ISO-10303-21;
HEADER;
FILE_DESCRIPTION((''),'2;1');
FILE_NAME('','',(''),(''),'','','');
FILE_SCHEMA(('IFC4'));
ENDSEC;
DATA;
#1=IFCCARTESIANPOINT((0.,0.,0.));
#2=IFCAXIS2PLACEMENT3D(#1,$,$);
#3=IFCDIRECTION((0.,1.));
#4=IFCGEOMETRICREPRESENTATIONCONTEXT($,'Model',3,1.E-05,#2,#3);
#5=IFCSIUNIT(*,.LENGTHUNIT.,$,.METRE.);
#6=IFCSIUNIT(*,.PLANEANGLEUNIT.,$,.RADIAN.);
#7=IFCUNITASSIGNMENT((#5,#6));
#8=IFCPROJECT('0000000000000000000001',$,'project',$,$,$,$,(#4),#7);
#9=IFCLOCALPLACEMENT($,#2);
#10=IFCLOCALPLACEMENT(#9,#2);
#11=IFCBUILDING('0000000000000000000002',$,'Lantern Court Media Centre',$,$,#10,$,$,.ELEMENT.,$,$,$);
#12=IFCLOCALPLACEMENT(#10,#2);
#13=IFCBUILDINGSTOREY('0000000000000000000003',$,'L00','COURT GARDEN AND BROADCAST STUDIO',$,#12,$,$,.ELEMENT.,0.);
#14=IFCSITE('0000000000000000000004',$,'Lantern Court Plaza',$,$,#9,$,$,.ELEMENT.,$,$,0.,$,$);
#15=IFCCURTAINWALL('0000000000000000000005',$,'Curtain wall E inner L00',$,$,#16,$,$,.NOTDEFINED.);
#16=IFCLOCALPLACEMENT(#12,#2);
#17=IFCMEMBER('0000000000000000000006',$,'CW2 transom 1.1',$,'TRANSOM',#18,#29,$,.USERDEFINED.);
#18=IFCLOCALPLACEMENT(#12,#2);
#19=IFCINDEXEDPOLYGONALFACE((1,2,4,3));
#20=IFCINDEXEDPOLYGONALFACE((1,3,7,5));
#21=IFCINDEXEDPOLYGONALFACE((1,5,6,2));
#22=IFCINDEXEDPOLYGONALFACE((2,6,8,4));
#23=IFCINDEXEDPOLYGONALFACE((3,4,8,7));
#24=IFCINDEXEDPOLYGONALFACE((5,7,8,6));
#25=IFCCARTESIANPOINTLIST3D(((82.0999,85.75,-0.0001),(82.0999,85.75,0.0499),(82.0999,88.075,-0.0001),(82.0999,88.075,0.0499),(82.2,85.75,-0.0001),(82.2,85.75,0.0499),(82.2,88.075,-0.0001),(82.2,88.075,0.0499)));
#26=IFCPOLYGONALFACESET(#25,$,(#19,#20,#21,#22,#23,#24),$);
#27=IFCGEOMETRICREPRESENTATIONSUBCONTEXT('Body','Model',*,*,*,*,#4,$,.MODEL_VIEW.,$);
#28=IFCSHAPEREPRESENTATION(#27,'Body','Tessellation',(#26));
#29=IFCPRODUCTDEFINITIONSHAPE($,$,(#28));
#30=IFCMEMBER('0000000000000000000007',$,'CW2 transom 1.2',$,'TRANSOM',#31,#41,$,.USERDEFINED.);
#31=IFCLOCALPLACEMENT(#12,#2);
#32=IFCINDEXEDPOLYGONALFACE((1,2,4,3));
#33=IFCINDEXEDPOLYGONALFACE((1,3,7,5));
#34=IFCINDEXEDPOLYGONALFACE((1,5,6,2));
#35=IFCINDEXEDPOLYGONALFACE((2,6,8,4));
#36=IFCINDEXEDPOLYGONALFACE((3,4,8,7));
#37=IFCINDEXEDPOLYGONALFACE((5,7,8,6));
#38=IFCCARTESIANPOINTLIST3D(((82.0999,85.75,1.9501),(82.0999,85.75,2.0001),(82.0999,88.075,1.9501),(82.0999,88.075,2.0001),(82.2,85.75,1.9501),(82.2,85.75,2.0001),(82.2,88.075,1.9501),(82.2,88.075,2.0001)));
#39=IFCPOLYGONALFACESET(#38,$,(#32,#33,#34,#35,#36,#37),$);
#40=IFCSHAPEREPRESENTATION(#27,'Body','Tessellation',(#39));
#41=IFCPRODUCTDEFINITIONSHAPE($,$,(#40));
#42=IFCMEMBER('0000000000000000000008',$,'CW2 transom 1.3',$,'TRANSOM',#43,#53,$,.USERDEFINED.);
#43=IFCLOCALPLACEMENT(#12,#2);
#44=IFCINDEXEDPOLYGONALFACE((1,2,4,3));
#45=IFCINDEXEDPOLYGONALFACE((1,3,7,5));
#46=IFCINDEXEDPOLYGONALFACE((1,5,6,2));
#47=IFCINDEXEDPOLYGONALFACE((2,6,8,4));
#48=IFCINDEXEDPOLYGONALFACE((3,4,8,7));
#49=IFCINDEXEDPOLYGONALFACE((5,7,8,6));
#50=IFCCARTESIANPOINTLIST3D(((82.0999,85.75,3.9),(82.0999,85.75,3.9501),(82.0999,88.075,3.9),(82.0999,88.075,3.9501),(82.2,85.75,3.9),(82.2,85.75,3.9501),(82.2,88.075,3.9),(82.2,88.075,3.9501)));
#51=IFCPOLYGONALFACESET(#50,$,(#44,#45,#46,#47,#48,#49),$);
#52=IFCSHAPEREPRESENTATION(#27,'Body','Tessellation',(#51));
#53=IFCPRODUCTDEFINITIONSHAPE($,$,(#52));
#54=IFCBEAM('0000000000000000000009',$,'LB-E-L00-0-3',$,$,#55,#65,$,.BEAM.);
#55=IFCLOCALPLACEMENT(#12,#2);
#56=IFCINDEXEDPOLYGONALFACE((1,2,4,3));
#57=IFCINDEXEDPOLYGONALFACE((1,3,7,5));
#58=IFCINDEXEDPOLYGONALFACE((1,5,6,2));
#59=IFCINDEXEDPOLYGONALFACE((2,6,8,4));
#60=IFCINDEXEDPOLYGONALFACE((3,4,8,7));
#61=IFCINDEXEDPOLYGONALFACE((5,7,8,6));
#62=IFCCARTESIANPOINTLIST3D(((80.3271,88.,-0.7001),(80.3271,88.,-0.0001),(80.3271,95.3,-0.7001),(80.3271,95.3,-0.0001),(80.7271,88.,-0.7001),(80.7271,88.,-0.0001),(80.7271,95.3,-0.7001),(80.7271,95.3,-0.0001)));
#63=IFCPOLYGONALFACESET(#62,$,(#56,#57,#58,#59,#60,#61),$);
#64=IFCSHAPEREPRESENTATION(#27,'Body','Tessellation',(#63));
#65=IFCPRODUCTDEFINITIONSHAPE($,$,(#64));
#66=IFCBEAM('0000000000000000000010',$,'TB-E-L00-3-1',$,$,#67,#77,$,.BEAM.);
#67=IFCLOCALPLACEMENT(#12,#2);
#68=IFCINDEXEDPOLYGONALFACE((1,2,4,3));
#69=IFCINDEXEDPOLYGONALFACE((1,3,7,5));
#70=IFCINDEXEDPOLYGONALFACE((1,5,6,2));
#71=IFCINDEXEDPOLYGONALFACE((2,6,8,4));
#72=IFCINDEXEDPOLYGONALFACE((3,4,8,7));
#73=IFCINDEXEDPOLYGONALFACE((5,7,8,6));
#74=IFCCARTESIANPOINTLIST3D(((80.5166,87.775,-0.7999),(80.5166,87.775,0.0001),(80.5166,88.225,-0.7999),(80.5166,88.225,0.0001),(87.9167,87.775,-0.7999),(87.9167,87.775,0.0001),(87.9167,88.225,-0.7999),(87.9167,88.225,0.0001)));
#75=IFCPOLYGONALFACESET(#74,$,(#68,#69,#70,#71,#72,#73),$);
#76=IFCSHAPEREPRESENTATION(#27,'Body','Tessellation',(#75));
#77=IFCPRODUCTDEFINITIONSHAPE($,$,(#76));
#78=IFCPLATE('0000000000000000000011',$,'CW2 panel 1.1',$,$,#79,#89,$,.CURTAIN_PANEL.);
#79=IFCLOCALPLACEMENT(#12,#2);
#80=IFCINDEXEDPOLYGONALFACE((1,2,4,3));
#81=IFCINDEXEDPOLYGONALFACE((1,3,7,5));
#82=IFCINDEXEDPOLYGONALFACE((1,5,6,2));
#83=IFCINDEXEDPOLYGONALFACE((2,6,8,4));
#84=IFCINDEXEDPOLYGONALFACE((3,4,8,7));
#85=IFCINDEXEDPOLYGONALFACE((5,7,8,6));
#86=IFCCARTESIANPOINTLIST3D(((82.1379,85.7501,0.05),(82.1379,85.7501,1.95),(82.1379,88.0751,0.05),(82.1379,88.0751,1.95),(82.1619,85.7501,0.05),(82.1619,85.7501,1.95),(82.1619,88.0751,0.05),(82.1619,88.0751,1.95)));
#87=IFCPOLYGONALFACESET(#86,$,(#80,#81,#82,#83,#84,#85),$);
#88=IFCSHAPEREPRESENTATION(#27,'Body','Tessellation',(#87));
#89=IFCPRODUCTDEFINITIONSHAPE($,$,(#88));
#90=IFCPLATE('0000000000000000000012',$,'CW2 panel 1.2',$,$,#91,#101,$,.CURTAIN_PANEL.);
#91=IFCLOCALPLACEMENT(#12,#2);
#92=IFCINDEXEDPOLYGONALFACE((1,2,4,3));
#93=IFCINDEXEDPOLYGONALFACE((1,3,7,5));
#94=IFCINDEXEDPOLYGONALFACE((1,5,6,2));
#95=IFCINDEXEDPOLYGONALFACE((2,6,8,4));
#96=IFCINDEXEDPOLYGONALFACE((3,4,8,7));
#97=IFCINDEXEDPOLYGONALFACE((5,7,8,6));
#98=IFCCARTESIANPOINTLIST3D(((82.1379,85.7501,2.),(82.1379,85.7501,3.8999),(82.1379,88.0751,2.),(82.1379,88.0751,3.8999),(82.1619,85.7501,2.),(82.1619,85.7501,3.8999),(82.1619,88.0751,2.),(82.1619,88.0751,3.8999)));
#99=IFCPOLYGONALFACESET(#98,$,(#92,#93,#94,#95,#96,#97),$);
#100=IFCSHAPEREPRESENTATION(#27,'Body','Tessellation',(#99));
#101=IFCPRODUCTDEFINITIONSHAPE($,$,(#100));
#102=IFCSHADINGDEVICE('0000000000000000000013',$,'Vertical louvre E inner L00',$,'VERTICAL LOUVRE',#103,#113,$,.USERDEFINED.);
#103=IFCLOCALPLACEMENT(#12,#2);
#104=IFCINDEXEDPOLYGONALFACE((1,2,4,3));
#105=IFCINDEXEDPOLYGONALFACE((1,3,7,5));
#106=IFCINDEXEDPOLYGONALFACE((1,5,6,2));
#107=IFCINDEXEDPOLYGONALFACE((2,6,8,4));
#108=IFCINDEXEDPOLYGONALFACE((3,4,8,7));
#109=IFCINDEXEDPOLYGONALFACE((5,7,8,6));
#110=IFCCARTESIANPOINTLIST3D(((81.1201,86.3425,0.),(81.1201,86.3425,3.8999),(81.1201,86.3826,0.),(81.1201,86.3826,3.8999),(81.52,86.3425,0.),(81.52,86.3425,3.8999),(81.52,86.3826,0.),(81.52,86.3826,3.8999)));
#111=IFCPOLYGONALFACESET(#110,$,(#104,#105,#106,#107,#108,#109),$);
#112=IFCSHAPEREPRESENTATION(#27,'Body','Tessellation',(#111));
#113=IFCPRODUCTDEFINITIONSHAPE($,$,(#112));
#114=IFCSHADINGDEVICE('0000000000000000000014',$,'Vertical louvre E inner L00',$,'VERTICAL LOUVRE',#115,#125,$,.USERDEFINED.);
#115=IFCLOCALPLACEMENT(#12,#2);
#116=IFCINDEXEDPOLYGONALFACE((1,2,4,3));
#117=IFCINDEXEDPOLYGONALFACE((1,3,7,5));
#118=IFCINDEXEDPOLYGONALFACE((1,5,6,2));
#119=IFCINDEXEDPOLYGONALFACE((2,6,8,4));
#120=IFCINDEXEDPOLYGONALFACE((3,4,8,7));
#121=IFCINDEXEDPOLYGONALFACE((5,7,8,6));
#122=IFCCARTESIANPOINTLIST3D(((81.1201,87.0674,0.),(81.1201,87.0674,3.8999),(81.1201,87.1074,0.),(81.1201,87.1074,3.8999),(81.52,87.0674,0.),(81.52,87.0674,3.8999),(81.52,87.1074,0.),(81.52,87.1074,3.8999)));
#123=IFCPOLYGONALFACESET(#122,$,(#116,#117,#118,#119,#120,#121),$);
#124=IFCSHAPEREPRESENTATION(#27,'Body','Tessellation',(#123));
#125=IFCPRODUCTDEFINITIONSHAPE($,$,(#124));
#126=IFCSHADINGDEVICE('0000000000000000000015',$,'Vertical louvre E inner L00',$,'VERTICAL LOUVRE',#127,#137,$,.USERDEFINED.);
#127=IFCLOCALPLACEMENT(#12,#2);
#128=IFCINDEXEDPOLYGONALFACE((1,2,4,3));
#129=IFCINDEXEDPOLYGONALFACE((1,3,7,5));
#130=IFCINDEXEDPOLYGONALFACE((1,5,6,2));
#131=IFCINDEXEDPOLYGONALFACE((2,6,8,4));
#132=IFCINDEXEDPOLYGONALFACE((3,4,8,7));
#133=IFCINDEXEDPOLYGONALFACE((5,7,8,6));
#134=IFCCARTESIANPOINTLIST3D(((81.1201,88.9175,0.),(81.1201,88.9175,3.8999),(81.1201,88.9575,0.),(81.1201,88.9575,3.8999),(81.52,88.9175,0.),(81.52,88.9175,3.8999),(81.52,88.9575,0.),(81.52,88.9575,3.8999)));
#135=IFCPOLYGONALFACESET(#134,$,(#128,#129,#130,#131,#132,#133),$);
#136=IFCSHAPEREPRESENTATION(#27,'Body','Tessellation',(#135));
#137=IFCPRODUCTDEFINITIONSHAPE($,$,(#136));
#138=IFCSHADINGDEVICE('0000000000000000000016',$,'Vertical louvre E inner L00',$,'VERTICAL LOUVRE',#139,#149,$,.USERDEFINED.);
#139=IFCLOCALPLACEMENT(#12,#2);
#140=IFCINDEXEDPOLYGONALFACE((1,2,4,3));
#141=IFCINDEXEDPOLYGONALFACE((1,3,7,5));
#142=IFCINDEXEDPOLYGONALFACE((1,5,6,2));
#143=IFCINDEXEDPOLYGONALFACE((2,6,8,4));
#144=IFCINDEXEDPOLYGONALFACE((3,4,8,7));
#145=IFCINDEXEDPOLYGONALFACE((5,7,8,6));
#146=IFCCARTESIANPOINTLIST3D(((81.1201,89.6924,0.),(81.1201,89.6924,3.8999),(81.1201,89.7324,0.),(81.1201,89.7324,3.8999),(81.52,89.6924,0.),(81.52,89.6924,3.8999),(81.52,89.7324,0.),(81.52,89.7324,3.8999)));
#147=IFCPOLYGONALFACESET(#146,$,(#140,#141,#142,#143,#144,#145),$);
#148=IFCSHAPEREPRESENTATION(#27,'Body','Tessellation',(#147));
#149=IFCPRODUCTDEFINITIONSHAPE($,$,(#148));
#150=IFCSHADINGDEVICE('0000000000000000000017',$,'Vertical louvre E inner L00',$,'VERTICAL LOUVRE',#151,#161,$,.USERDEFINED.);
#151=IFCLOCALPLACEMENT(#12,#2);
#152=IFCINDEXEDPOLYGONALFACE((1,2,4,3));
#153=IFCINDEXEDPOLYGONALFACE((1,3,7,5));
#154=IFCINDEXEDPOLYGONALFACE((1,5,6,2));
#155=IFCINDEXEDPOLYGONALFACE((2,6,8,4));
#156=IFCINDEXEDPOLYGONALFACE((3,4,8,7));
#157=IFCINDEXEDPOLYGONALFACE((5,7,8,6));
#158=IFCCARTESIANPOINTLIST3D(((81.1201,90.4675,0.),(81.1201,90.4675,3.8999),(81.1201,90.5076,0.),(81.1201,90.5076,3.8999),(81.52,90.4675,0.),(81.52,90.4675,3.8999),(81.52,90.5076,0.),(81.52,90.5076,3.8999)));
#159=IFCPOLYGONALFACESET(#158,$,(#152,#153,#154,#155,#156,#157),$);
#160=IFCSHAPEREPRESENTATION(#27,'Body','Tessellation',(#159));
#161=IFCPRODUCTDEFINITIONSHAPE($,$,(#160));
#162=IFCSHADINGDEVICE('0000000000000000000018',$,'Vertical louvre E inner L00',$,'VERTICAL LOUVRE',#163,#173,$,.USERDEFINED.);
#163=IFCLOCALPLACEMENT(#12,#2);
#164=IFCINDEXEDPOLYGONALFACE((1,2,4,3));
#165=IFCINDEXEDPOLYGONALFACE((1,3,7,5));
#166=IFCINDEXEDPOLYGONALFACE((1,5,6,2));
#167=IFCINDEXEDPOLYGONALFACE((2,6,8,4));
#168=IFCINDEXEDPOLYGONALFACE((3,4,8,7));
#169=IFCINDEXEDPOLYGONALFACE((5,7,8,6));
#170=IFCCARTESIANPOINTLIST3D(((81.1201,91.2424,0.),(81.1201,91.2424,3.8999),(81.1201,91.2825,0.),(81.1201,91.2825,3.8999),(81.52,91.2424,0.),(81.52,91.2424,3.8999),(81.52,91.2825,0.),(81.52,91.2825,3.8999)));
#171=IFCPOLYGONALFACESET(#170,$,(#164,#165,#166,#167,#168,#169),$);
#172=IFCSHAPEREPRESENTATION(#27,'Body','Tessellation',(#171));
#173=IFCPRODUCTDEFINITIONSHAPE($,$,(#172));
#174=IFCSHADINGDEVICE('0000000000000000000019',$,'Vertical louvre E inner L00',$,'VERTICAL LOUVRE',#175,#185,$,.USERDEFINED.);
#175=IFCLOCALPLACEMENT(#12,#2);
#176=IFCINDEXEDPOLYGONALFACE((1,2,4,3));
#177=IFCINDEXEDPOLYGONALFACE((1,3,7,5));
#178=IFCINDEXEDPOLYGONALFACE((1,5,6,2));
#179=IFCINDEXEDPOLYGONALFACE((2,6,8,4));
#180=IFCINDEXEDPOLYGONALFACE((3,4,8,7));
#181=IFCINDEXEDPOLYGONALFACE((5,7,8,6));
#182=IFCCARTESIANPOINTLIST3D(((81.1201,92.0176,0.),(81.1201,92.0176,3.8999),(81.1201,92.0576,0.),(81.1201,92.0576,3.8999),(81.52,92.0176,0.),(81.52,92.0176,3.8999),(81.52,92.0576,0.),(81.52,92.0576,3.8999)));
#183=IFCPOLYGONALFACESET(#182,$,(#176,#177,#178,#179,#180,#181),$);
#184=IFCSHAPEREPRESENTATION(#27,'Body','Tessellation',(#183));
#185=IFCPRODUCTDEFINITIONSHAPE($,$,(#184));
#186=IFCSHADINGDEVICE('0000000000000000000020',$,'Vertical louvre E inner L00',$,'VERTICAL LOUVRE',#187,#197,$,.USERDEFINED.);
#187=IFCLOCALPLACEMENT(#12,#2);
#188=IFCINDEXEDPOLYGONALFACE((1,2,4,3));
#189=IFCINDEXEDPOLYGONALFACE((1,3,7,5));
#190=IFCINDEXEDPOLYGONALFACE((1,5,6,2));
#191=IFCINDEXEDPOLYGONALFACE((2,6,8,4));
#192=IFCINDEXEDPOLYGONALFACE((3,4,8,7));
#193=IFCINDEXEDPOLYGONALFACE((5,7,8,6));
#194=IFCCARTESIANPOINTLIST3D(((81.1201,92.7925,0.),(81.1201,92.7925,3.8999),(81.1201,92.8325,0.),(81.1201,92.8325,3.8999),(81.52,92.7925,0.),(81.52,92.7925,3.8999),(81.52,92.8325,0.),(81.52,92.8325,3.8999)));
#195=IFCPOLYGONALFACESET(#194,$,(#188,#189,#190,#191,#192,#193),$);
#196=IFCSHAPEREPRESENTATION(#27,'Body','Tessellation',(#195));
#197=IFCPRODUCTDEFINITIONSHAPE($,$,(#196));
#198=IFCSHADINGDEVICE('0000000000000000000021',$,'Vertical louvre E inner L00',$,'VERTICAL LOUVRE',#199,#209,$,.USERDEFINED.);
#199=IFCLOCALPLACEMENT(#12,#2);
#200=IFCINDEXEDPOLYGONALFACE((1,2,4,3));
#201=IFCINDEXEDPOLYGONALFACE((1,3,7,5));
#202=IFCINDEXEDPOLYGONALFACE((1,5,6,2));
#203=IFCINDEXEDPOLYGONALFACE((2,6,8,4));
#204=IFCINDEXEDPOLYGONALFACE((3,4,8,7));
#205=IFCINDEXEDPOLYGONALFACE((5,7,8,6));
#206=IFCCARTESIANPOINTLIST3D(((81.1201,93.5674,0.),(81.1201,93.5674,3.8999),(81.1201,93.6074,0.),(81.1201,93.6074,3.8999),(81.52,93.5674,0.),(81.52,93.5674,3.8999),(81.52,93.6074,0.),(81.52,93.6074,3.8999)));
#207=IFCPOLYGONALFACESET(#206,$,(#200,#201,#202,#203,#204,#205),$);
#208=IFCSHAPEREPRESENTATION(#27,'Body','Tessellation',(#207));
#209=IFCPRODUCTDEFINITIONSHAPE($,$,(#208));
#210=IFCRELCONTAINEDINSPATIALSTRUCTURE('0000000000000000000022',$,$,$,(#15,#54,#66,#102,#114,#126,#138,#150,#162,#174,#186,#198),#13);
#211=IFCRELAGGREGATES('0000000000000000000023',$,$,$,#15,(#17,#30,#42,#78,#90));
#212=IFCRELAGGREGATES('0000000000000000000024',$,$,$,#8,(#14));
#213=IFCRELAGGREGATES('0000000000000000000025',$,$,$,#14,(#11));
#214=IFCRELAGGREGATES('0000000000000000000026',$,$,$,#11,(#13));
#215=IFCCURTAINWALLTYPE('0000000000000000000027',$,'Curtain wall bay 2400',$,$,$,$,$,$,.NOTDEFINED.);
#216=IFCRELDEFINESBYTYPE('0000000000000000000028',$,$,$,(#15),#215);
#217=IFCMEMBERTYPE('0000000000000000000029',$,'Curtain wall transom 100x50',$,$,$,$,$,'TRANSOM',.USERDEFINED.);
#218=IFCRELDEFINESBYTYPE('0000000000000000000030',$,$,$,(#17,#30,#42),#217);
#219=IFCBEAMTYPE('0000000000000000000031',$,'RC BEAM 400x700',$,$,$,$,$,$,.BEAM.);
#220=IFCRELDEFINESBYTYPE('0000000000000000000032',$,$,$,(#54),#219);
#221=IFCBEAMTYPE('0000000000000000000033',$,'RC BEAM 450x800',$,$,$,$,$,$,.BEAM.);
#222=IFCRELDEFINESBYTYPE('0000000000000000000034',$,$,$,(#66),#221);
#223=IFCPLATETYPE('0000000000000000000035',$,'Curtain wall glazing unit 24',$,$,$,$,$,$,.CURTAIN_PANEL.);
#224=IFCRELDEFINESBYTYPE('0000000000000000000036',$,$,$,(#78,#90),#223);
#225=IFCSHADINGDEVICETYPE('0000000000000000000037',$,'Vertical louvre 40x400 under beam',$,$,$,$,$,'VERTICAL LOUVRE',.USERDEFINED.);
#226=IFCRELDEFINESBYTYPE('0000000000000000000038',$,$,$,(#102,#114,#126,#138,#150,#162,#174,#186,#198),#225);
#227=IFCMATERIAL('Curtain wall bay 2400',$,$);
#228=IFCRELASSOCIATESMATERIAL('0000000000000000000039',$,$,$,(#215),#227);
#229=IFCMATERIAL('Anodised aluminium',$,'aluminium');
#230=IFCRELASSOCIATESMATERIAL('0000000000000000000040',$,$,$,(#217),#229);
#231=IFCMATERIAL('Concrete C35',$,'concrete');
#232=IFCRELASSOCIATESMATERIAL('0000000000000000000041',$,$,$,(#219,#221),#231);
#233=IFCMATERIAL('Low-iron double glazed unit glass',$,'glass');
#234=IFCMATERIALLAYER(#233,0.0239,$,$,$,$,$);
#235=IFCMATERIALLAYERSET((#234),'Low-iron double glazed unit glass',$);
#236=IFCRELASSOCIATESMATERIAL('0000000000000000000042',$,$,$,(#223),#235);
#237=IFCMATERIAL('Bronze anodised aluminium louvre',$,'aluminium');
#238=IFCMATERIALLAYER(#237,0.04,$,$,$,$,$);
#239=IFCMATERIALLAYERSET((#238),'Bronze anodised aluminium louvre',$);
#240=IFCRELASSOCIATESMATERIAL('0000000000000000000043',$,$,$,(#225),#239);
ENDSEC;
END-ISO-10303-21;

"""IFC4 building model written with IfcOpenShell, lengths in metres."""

from ifc_helpers import new_model, si_unit, direction, frame, origin, origin_2d, place, context, subcontext, project, spatial, rectangle, extrude, material, layer, layer_set, material_profile, profile_set, type_object, element, aggregate, save


model = new_model("IFC4")

# Units and contexts
model_context = context("Model", 3, precision=1e-05, world=origin(), true_north=direction((0.0, 1.0)))
body_context = subcontext(model_context, "Body", "Model", "MODEL_VIEW")
ifc_project = project(units=[si_unit("LENGTHUNIT", "METRE"), si_unit("PLANEANGLEUNIT", "RADIAN")], contexts=[model_context])

# Site, building, storey
site_placement = place(None, origin())
site = spatial("IfcSite", under=ifc_project, at=site_placement, Name="Lantern Court Plaza", CompositionType="ELEMENT", RefElevation=0.0)
building_placement = place(site_placement, origin())
building = spatial("IfcBuilding", under=site, at=building_placement, Name="Lantern Court Media Centre", CompositionType="ELEMENT")
storey_placement = place(building_placement, origin())
storey = spatial("IfcBuildingStorey", under=building, at=storey_placement, Name="L00", Description="COURT GARDEN AND BROADCAST STUDIO", CompositionType="ELEMENT", Elevation=0.0)

# Shared definitions
ifc_material_1 = material(Name="Concrete C35", Category="concrete")

# Curtain wall
ifc_material_2 = material(Name="Curtain wall bay 2400")
curtain_wall_type_1 = type_object("IfcCurtainWallType", Name="Curtain wall bay 2400", PredefinedType="NOTDEFINED", material=ifc_material_2)
curtain_wall_1_placement = place(storey_placement, origin())
curtain_wall_1 = element("IfcCurtainWall", 1, at=curtain_wall_1_placement, inside=storey, type_object=curtain_wall_type_1, Name="Curtain wall E inner L00", PredefinedType="NOTDEFINED")
ifc_material_3 = material(Name="Anodised aluminium", Category="aluminium")

# Members
ifc_material_profile_1 = material_profile(ifc_material_3, rectangle(XDim=0.1001, YDim=0.05, at=origin_2d()), Name="AL 50x100")
ifc_profile_set_1 = profile_set([ifc_material_profile_1], Name="Anodised aluminium")
member_type_1 = type_object("IfcMemberType", Name="Curtain wall transom 100x50", ElementType="TRANSOM", PredefinedType="USERDEFINED", material=ifc_profile_set_1)
member_1_placement = place(storey_placement, frame((82.1499, 85.75, 0.0249), z_axis=(0.0, 1.0, 0.0), x_axis=(-1.0, 0.0, 0.0)))
member_1 = element("IfcMember", 2, at=member_1_placement, type_object=member_type_1, Name="CW2 transom 1.1", ObjectType="TRANSOM", PredefinedType="USERDEFINED", context=body_context, shape_type="SweptSolid", body=[
    extrude(rectangle(XDim=0.1001, YDim=0.05, at=origin_2d()), origin(), (0.0, 0.0, 1.0), 2.325),
])
member_2_placement = place(storey_placement, frame((82.1499, 85.75, 1.9751), z_axis=(0.0, 1.0, 0.0), x_axis=(-1.0, 0.0, 0.0)))
member_2 = element("IfcMember", 3, at=member_2_placement, type_object=member_type_1, Name="CW2 transom 1.2", ObjectType="TRANSOM", PredefinedType="USERDEFINED", context=body_context, shape_type="SweptSolid", body=[
    extrude(rectangle(XDim=0.1001, YDim=0.05, at=origin_2d()), origin(), (0.0, 0.0, 1.0), 2.325),
])
member_3_placement = place(storey_placement, frame((82.1499, 85.75, 3.925), z_axis=(0.0, 1.0, 0.0), x_axis=(-1.0, 0.0, 0.0)))
member_3 = element("IfcMember", 4, at=member_3_placement, type_object=member_type_1, Name="CW2 transom 1.3", ObjectType="TRANSOM", PredefinedType="USERDEFINED", context=body_context, shape_type="SweptSolid", body=[
    extrude(rectangle(XDim=0.1001, YDim=0.05, at=origin_2d()), origin(), (0.0, 0.0, 1.0), 2.325),
])

# Beams
ifc_material_profile_2 = material_profile(ifc_material_1, rectangle(XDim=0.3999, YDim=0.7, at=origin_2d()), Name="RC 400x700")
ifc_profile_set_2 = profile_set([ifc_material_profile_2], Name="Concrete C35")
beam_type_1 = type_object("IfcBeamType", Name="RC BEAM 400x700", PredefinedType="BEAM", material=ifc_profile_set_2)
beam_1_placement = place(storey_placement, frame((80.5271, 88.0, -0.3501), z_axis=(0.0, 1.0, 0.0), x_axis=(-1.0, 0.0, 0.0)))
element("IfcBeam", 5, at=beam_1_placement, inside=storey, type_object=beam_type_1, Name="LB-E-L00-0-3", PredefinedType="BEAM", context=body_context, shape_type="SweptSolid", body=[
    extrude(rectangle(XDim=0.3999, YDim=0.7, at=origin_2d()), origin(), (0.0, 0.0, 1.0), 7.3),
])
ifc_material_profile_3 = material_profile(ifc_material_1, rectangle(XDim=0.45, YDim=0.8, at=origin_2d()), Name="RC 450x800")
ifc_profile_set_3 = profile_set([ifc_material_profile_3], Name="Concrete C35")
beam_type_2 = type_object("IfcBeamType", Name="RC BEAM 450x800", PredefinedType="BEAM", material=ifc_profile_set_3)
beam_2_placement = place(storey_placement, frame((80.5166, 88.0, -0.3999), z_axis=(1.0, 0.0, 0.0), x_axis=(0.0, 1.0, 0.0)))
element("IfcBeam", 6, at=beam_2_placement, inside=storey, type_object=beam_type_2, Name="TB-E-L00-3-1", PredefinedType="BEAM", context=body_context, shape_type="SweptSolid", body=[
    extrude(rectangle(XDim=0.45, YDim=0.8, at=origin_2d()), origin(), (0.0, 0.0, 1.0), 7.4001),
])

# Plates
ifc_material_4 = material(Name="Low-iron double glazed unit glass", Category="glass")
ifc_layer_1 = layer(ifc_material_4, 0.0239)
ifc_layer_set_1 = layer_set([ifc_layer_1], Name="Low-iron double glazed unit glass")
plate_type = type_object("IfcPlateType", Name="Curtain wall glazing unit 24", PredefinedType="CURTAIN_PANEL", material=ifc_layer_set_1)
plate_1_placement = place(storey_placement, frame((82.1499, 86.9126, 0.05), z_axis=(0.0, 0.0, 1.0), x_axis=(0.0, 1.0, 0.0)))
plate_1 = element("IfcPlate", 7, at=plate_1_placement, type_object=plate_type, Name="CW2 panel 1.1", PredefinedType="CURTAIN_PANEL", context=body_context, shape_type="SweptSolid", body=[
    extrude(rectangle(XDim=2.325, YDim=0.0239, at=origin_2d()), origin(), (0.0, 0.0, 1.0), 1.8999),
])
plate_2_placement = place(storey_placement, frame((82.1499, 86.9126, 2.0), z_axis=(0.0, 0.0, 1.0), x_axis=(0.0, 1.0, 0.0)))
plate_2 = element("IfcPlate", 8, at=plate_2_placement, type_object=plate_type, Name="CW2 panel 1.2", PredefinedType="CURTAIN_PANEL", context=body_context, shape_type="SweptSolid", body=[
    extrude(rectangle(XDim=2.325, YDim=0.0239, at=origin_2d()), origin(), (0.0, 0.0, 1.0), 1.8999),
])
aggregate(curtain_wall_1, [member_1, member_2, member_3, plate_1, plate_2])

# Shading devices
ifc_material_5 = material(Name="Bronze anodised aluminium louvre", Category="aluminium")
ifc_layer_2 = layer(ifc_material_5, 0.04)
ifc_layer_set_2 = layer_set([ifc_layer_2], Name="Bronze anodised aluminium louvre")
shading_device_type = type_object("IfcShadingDeviceType", Name="Vertical louvre 40x400 under beam", ElementType="VERTICAL LOUVRE", PredefinedType="USERDEFINED", material=ifc_layer_set_2)
for number, where, z_axis, x_axis, name in (
    (9, (81.3201, 86.3625, 0.0), (0.0, 0.0, 1.0), (1.0, 0.0, 0.0), "Vertical louvre E inner L00"),
    (10, (81.3201, 87.0874, 0.0), (0.0, 0.0, 1.0), (1.0, 0.0, 0.0), "Vertical louvre E inner L00"),
    (11, (81.3201, 88.9375, 0.0), (0.0, 0.0, 1.0), (1.0, 0.0, 0.0), "Vertical louvre E inner L00"),
    (12, (81.3201, 89.7124, 0.0), (0.0, 0.0, 1.0), (1.0, 0.0, 0.0), "Vertical louvre E inner L00"),
    (13, (81.3201, 90.4875, 0.0), (0.0, 0.0, 1.0), (1.0, 0.0, 0.0), "Vertical louvre E inner L00"),
    (14, (81.3201, 91.2625, 0.0), (0.0, 0.0, 1.0), (1.0, 0.0, 0.0), "Vertical louvre E inner L00"),
    (15, (81.3201, 92.0376, 0.0), (0.0, 0.0, 1.0), (1.0, 0.0, 0.0), "Vertical louvre E inner L00"),
    (16, (81.3201, 92.8125, 0.0), (0.0, 0.0, 1.0), (1.0, 0.0, 0.0), "Vertical louvre E inner L00"),
    (17, (81.3201, 93.5874, 0.0), (0.0, 0.0, 1.0), (1.0, 0.0, 0.0), "Vertical louvre E inner L00"),
):
    element("IfcShadingDevice", number, at=place(storey_placement, frame(where, z_axis=z_axis, x_axis=x_axis)), inside=storey, type_object=shading_device_type, Name=name, ObjectType="VERTICAL LOUVRE", PredefinedType="USERDEFINED", context=body_context, shape_type="SweptSolid", body=[
        extrude(rectangle(XDim=0.3999, YDim=0.04, at=origin_2d()), origin(), (0.0, 0.0, 1.0), 3.8999),
    ])

save(model, "model.ifc")
